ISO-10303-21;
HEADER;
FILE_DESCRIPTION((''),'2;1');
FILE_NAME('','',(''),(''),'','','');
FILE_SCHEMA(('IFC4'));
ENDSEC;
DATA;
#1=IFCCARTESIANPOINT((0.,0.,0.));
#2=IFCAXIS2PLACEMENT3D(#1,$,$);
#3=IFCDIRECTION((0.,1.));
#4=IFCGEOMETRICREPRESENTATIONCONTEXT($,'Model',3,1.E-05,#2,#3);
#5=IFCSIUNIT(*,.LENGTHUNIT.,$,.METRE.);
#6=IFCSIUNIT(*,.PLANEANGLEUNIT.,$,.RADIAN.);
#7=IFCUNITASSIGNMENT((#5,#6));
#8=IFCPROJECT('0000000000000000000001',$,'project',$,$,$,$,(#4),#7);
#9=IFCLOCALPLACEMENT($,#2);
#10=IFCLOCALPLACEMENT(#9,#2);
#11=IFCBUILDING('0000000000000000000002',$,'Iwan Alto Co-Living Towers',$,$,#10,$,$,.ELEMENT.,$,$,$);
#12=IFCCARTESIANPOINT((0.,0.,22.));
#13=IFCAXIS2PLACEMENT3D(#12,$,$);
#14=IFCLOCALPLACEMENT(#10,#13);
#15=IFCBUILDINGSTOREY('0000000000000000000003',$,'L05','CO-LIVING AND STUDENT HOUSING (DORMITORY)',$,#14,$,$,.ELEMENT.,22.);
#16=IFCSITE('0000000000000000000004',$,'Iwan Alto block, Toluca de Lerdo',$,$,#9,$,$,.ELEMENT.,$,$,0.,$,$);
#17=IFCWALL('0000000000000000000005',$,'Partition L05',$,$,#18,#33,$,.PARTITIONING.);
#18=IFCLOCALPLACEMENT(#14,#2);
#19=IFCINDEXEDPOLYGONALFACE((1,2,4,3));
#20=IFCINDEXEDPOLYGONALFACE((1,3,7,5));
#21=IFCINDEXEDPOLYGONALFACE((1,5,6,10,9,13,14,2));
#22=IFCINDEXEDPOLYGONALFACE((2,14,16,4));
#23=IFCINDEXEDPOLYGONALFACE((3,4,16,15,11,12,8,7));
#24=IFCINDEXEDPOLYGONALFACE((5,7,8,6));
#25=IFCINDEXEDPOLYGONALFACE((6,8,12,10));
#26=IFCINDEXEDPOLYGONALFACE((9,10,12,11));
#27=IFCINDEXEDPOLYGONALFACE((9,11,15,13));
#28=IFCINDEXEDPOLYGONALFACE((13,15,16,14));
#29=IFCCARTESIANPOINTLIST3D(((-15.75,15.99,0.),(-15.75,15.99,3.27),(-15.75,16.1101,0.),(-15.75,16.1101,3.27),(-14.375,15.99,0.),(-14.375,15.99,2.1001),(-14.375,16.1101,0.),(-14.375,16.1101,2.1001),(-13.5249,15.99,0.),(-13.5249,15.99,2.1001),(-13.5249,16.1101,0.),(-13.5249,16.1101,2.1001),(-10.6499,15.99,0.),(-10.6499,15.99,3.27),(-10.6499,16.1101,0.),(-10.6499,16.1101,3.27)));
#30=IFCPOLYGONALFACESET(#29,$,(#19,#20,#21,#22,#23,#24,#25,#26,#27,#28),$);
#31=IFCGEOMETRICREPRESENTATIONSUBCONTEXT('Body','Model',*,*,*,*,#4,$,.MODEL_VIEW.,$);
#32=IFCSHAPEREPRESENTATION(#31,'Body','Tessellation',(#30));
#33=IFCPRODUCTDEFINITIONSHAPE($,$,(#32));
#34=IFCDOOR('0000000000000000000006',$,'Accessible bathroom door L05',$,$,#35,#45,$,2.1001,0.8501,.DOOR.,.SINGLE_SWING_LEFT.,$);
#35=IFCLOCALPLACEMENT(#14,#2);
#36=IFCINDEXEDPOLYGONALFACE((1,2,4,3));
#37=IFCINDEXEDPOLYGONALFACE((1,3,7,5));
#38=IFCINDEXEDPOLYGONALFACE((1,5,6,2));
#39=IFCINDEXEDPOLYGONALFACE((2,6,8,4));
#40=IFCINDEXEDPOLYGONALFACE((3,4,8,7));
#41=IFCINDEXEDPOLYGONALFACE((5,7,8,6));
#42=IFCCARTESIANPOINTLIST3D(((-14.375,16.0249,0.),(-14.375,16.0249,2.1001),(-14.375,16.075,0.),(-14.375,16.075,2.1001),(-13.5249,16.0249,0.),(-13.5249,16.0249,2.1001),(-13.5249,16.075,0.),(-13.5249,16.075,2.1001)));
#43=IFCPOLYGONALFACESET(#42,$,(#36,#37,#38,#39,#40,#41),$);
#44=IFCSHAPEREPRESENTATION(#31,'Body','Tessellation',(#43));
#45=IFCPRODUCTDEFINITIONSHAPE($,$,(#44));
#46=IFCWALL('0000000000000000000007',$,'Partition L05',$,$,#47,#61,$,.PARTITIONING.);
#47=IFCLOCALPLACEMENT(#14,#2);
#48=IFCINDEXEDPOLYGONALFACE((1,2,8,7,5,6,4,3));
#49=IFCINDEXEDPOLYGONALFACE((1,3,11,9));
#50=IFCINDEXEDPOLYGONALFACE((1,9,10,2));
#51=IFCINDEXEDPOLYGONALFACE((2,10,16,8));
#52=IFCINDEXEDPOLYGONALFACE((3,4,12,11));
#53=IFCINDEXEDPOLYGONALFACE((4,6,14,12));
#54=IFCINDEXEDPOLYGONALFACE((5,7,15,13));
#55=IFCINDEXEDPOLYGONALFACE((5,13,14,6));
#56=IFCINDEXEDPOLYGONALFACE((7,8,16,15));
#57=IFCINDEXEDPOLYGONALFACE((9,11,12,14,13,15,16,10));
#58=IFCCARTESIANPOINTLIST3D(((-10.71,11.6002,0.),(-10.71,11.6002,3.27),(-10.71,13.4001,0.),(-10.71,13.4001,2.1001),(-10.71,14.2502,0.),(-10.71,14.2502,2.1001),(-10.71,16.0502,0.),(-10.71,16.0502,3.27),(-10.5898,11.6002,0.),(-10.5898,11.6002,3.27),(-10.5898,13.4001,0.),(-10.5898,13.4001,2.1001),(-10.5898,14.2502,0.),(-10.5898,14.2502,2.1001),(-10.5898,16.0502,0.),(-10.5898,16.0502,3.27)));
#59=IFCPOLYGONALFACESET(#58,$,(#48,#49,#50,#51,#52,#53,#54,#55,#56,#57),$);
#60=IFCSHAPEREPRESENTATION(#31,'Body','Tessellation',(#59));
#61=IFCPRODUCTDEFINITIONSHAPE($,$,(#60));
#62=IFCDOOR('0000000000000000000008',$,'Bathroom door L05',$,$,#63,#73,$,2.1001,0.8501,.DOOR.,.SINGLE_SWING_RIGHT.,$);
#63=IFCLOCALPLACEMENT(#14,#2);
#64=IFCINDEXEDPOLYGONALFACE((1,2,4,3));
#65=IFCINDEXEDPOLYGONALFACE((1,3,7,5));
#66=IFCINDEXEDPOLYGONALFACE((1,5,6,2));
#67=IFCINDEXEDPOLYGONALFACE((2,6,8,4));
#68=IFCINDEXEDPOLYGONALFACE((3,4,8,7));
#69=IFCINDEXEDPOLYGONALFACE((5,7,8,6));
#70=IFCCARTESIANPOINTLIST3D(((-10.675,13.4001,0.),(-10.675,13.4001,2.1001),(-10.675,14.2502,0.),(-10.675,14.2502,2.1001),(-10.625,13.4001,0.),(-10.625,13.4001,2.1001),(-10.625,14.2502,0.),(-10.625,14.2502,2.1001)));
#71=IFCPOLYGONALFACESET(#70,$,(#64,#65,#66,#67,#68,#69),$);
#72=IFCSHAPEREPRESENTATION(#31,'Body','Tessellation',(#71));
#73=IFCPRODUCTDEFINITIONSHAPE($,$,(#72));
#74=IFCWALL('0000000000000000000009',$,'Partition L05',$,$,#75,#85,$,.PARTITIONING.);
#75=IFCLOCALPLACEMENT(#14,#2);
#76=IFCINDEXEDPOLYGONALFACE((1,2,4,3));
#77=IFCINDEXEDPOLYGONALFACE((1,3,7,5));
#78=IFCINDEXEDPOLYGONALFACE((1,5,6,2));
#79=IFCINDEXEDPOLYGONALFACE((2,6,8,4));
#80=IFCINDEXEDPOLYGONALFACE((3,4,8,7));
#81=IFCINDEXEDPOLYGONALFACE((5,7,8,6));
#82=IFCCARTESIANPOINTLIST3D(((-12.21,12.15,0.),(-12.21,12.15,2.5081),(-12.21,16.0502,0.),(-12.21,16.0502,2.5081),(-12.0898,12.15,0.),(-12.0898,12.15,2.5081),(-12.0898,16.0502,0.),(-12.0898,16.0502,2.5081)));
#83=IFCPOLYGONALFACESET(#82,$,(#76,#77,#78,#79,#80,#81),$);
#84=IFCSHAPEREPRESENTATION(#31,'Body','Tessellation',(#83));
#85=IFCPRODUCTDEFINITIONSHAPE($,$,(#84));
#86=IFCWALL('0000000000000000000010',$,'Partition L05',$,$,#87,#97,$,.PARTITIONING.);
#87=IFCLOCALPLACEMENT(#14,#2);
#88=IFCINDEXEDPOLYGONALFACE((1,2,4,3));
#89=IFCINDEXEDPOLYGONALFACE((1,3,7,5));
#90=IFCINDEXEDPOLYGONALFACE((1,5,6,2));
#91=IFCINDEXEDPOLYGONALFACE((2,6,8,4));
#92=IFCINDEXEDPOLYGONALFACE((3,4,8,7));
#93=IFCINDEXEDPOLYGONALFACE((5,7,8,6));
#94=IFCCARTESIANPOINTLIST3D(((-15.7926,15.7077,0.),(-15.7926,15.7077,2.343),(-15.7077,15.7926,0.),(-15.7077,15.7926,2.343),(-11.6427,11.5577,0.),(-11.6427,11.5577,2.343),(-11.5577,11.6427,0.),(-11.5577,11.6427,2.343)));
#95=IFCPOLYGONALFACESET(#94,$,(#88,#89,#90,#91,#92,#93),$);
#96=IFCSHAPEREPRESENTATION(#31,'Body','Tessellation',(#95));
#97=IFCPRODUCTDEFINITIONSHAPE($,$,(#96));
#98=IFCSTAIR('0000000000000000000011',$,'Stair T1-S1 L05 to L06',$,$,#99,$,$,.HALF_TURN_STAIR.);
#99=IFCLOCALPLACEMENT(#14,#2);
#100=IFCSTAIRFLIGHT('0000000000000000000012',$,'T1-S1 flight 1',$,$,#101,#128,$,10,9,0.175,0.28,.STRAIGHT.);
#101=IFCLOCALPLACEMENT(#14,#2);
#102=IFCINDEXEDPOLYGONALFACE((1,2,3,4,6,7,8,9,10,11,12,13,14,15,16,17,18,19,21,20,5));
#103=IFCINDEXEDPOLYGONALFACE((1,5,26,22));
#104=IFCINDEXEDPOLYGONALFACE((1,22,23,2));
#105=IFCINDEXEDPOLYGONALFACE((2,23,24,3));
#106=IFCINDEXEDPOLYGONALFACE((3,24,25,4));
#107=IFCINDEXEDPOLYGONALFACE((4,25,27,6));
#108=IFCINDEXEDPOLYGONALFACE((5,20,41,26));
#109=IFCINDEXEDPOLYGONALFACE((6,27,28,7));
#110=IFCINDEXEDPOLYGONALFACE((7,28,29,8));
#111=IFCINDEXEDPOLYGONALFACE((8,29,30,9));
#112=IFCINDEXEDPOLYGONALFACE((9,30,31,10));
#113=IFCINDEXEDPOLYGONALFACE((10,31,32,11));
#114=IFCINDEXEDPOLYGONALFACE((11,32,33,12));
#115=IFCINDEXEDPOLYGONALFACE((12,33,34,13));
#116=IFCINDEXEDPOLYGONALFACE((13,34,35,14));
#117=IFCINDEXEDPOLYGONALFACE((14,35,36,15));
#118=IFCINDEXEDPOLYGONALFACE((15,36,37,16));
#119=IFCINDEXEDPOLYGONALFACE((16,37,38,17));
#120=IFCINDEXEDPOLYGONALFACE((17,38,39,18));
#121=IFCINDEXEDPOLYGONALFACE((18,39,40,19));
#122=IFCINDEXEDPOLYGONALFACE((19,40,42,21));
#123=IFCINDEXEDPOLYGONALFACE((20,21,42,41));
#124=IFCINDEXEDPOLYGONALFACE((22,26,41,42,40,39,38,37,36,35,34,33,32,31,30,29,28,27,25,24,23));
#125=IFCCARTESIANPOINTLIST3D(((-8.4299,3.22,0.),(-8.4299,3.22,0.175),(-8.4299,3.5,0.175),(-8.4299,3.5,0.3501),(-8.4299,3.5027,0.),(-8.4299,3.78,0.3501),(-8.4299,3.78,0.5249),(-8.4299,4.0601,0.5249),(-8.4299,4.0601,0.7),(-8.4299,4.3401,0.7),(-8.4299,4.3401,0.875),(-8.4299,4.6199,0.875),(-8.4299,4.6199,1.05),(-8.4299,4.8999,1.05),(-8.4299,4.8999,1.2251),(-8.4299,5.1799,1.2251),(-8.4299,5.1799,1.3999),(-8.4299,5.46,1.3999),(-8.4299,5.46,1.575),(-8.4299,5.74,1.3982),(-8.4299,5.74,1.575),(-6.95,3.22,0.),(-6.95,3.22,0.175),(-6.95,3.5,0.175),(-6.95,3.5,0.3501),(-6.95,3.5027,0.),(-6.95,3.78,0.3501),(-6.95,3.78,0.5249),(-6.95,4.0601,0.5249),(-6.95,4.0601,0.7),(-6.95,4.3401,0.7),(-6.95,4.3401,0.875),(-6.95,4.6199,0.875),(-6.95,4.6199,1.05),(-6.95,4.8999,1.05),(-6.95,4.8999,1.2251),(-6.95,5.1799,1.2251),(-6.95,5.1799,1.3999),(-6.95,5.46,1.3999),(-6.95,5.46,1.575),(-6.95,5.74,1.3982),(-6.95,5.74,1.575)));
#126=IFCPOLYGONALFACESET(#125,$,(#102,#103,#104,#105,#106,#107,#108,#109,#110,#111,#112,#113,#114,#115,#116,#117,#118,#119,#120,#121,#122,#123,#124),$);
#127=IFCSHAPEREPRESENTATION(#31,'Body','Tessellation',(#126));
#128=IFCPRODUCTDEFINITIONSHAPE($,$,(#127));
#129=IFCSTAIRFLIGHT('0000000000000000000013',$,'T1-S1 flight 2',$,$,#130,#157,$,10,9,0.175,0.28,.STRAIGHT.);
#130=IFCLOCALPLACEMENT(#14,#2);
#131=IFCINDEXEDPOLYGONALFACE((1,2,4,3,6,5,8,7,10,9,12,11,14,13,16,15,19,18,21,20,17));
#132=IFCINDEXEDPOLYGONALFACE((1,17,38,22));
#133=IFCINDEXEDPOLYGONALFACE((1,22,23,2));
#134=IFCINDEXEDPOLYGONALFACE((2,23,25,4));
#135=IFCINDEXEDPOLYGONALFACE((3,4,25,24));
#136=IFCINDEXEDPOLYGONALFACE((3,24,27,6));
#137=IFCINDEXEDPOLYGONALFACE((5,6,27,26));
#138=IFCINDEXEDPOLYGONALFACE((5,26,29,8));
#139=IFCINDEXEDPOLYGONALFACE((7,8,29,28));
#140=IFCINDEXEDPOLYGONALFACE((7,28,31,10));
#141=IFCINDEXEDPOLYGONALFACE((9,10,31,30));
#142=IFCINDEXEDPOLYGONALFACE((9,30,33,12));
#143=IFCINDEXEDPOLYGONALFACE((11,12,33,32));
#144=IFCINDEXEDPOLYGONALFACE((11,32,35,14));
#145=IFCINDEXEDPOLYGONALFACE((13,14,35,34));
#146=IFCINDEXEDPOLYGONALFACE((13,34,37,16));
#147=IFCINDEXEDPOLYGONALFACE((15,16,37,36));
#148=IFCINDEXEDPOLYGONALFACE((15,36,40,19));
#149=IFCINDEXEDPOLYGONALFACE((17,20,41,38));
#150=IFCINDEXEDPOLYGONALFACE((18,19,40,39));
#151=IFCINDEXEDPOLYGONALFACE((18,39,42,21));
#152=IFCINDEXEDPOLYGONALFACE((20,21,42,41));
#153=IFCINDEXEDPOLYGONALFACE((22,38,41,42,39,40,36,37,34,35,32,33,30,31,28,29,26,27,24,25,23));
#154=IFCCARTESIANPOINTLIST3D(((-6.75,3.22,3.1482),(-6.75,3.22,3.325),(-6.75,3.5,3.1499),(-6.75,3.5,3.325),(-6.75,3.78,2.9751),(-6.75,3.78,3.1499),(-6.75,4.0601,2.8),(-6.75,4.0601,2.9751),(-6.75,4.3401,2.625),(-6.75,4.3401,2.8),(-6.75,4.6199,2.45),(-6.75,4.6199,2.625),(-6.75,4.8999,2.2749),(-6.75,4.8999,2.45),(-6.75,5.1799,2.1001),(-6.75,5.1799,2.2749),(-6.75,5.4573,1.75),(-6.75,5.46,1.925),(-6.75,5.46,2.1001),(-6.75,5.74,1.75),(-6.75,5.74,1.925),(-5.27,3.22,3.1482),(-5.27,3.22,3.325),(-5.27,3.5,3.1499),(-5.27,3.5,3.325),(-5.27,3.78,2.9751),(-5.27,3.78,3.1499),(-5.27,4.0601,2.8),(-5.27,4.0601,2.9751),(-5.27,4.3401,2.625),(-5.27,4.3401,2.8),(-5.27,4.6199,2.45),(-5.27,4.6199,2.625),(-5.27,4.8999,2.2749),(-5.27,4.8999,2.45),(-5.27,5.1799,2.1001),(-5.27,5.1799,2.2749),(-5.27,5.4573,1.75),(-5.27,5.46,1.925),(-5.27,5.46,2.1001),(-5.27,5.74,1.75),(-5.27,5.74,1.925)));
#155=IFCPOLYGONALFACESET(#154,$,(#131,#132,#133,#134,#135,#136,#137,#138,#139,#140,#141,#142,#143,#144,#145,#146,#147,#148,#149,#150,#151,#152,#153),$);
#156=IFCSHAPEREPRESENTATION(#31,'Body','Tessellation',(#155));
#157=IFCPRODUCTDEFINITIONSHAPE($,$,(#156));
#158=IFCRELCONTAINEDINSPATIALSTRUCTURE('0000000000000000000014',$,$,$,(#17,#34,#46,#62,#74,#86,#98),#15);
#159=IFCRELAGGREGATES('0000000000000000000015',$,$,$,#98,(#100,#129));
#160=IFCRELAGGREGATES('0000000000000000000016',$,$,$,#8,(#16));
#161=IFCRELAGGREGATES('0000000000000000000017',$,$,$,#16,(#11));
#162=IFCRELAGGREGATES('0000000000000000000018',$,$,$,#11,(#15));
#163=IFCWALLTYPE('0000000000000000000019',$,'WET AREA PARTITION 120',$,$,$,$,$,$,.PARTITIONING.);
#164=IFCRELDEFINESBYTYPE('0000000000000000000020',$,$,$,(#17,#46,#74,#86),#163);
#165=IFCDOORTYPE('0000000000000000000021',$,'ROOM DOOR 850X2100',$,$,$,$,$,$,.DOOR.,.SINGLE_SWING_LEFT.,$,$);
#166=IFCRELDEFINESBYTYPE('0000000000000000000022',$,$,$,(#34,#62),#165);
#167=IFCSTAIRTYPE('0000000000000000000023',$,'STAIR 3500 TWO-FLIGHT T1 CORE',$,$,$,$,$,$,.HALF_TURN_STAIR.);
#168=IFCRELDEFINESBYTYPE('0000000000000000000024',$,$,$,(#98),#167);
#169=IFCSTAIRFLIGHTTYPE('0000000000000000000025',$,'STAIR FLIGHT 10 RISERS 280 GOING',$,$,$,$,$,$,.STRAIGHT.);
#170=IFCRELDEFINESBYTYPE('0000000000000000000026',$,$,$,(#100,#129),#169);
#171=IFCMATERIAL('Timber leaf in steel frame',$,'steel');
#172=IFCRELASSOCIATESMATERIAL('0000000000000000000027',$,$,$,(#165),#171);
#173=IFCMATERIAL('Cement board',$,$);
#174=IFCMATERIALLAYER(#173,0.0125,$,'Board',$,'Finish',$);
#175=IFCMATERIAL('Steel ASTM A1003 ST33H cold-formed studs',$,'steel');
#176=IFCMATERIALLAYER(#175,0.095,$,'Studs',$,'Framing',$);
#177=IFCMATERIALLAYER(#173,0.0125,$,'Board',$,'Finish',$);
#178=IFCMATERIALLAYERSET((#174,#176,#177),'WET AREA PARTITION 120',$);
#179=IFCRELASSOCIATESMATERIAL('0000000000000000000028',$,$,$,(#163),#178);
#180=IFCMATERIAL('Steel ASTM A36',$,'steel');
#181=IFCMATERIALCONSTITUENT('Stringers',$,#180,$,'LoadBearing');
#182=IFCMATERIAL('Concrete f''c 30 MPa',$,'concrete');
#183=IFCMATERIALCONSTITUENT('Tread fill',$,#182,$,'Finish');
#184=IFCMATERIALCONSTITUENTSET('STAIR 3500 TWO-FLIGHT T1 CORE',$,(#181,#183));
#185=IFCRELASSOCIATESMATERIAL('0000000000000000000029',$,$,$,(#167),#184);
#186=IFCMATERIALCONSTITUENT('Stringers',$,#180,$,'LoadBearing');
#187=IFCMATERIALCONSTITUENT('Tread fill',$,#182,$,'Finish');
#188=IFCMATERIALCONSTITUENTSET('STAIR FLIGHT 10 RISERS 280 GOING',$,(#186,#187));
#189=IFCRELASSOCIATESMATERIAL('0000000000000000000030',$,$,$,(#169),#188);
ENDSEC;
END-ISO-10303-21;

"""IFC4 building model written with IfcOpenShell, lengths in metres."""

from ifc_helpers import new_model, si_unit, direction, frame, frame_2d, origin, place, context, subcontext, project, spatial, polyline, rectangle, outline, extrude, material, layer, layer_set, constituent, constituent_set, type_object, element, fill, aggregate, save


model = new_model("IFC4")

# Units and contexts
model_context = context("Model", 3, precision=1e-05, world=origin(), true_north=direction((0.0, 1.0)))
body_context = subcontext(model_context, "Body", "Model", "MODEL_VIEW")
ifc_project = project(units=[si_unit("LENGTHUNIT", "METRE"), si_unit("PLANEANGLEUNIT", "RADIAN")], contexts=[model_context])

# Site, building, storey
site_placement = place(None, origin())
site = spatial("IfcSite", under=ifc_project, at=site_placement, Name="Iwan Alto block, Toluca de Lerdo", CompositionType="ELEMENT", RefElevation=0.0)
building_placement = place(site_placement, origin())
building = spatial("IfcBuilding", under=site, at=building_placement, Name="Iwan Alto Co-Living Towers", CompositionType="ELEMENT")
storey_placement = place(building_placement, frame((0.0, 0.0, 22.0)))
storey = spatial("IfcBuildingStorey", under=building, at=storey_placement, Name="L05", Description="CO-LIVING AND STUDENT HOUSING (DORMITORY)", CompositionType="ELEMENT", Elevation=22.0)

# Shared definitions
ifc_material_1 = material(Name="Steel ASTM A1003 ST33H cold-formed studs", Category="steel")

# Shared definitions
ifc_material_2 = material(Name="Timber leaf in steel frame", Category="steel")
door_type_1 = type_object("IfcDoorType", Name="ROOM DOOR 850X2100", OperationType="SINGLE_SWING_LEFT", PredefinedType="DOOR", material=ifc_material_2)

# Walls, openings, doors
ifc_material_3 = material(Name="Cement board")
ifc_layer_1 = layer(ifc_material_3, 0.0125, Name="Board", Category="Finish")
ifc_layer_2 = layer(ifc_material_1, 0.095, Name="Studs", Category="Framing")
ifc_layer_3 = layer(ifc_material_3, 0.0125, Name="Board", Category="Finish")
ifc_layer_set_1 = layer_set([ifc_layer_1, ifc_layer_2, ifc_layer_3], Name="WET AREA PARTITION 120")
wall_type_1 = type_object("IfcWallType", Name="WET AREA PARTITION 120", PredefinedType="PARTITIONING", material=ifc_layer_set_1)
wall_1_placement = place(storey_placement, frame((-15.75, 16.05, 0.0), z_axis=(0.0, 0.0, 1.0), x_axis=(1.0, 0.0, 0.0)))
wall_1 = element("IfcWall", 1, at=wall_1_placement, inside=storey, type_object=wall_type_1, Name="Partition L05", PredefinedType="PARTITIONING", context=body_context, shape_type="SweptSolid", body=[
    extrude(rectangle(XDim=5.1001, YDim=0.1201, at=frame_2d((2.55, 0.0))), origin(), (0.0, 0.0, 1.0), 3.27),
])
opening_1_placement = place(wall_1_placement, frame((1.375, 0.0, 0.0)))
opening_1 = element("IfcOpeningElement", 2, at=opening_1_placement, cuts=wall_1, PredefinedType="OPENING", context=body_context, shape_type="SweptSolid", body=[
    extrude(rectangle(XDim=0.8501, YDim=2.1001, at=frame_2d((0.425, 1.05))), frame((0.0, 0.0701, 0.0), z_axis=(0.0, -1.0, 0.0), x_axis=(1.0, 0.0, 0.0)), (0.0, 0.0, 1.0), 0.1401),
])
door_1_placement = place(opening_1_placement, origin())
door_1 = element("IfcDoor", 3, at=door_1_placement, inside=storey, type_object=door_type_1, Name="Accessible bathroom door L05", OperationType="SINGLE_SWING_LEFT", OverallHeight=2.1001, OverallWidth=0.8501, PredefinedType="DOOR", context=body_context, shape_type="SweptSolid", body=[
    extrude(rectangle(XDim=0.8501, YDim=2.1001, at=frame_2d((0.425, 1.05))), frame((0.0, 0.0249, 0.0), z_axis=(0.0, -1.0, 0.0), x_axis=(1.0, 0.0, 0.0)), (0.0, 0.0, 1.0), 0.05),
])
fill(opening_1, door_1)
wall_2_placement = place(storey_placement, frame((-10.6499, 11.6001, 0.0), z_axis=(0.0, 0.0, 1.0), x_axis=(0.0, 1.0, 0.0)))
wall_2 = element("IfcWall", 4, at=wall_2_placement, inside=storey, type_object=wall_type_1, Name="Partition L05", PredefinedType="PARTITIONING", context=body_context, shape_type="SweptSolid", body=[
    extrude(rectangle(XDim=4.45, YDim=0.1201, at=frame_2d((2.2251, 0.0))), origin(), (0.0, 0.0, 1.0), 3.27),
])
opening_2_placement = place(wall_2_placement, frame((1.8, 0.0, 0.0)))
opening_2 = element("IfcOpeningElement", 5, at=opening_2_placement, cuts=wall_2, PredefinedType="OPENING", context=body_context, shape_type="SweptSolid", body=[
    extrude(rectangle(XDim=0.8501, YDim=2.1001, at=frame_2d((0.425, 1.05))), frame((0.0, 0.0701, 0.0), z_axis=(0.0, -1.0, 0.0), x_axis=(1.0, 0.0, 0.0)), (0.0, 0.0, 1.0), 0.1401),
])
door_2_placement = place(opening_2_placement, frame((0.8501, 0.0, 0.0), z_axis=(0.0, 0.0, 1.0), x_axis=(-1.0, 0.0, 0.0)))
door_2 = element("IfcDoor", 6, at=door_2_placement, inside=storey, type_object=door_type_1, Name="Bathroom door L05", OperationType="SINGLE_SWING_RIGHT", OverallHeight=2.1001, OverallWidth=0.8501, PredefinedType="DOOR", context=body_context, shape_type="SweptSolid", body=[
    extrude(rectangle(XDim=0.8501, YDim=2.1001, at=frame_2d((0.425, 1.05))), frame((0.0, 0.0249, 0.0), z_axis=(0.0, -1.0, 0.0), x_axis=(1.0, 0.0, 0.0)), (0.0, 0.0, 1.0), 0.05),
])
fill(opening_2, door_2)

# Walls
wall_3_placement = place(storey_placement, frame((-12.1499, 12.1499, 0.0), z_axis=(0.0, 0.0, 1.0), x_axis=(0.0, 1.0, 0.0)))
element("IfcWall", 7, at=wall_3_placement, inside=storey, type_object=wall_type_1, Name="Partition L05", PredefinedType="PARTITIONING", context=body_context, shape_type="SweptSolid", body=[
    extrude(rectangle(XDim=3.9001, YDim=0.1201, at=frame_2d((1.9502, 0.0))), origin(), (0.0, 0.0, 1.0), 2.5081),
])
wall_4_placement = place(storey_placement, frame((-11.6001, 11.6001, 0.0), z_axis=(0.0, 0.0, 1.0), x_axis=(-0.707107, 0.707107, 0.0)))
element("IfcWall", 8, at=wall_4_placement, inside=storey, type_object=wall_type_1, Name="Partition L05", PredefinedType="PARTITIONING", context=body_context, shape_type="SweptSolid", body=[
    extrude(rectangle(XDim=5.8689, YDim=0.1201, at=frame_2d((2.9346, 0.0))), origin(), (0.0, 0.0, 1.0), 2.343),
])

# Stair, stair flights
ifc_material_4 = material(Name="Steel ASTM A36", Category="steel")
ifc_constituent_1 = constituent(ifc_material_4, Name="Stringers", Category="LoadBearing")
ifc_material_5 = material(Name="Concrete f'c 30 MPa", Category="concrete")
ifc_constituent_2 = constituent(ifc_material_5, Name="Tread fill", Category="Finish")
ifc_constituent_set_1 = constituent_set(constituents=[ifc_constituent_1, ifc_constituent_2], Name="STAIR 3500 TWO-FLIGHT T1 CORE")
stair_type = type_object("IfcStairType", Name="STAIR 3500 TWO-FLIGHT T1 CORE", PredefinedType="HALF_TURN_STAIR", material=ifc_constituent_set_1)
stair_placement = place(storey_placement, origin())
stair = element("IfcStair", 9, at=stair_placement, inside=storey, type_object=stair_type, Name="Stair T1-S1 L05 to L06", PredefinedType="HALF_TURN_STAIR")
ifc_constituent_3 = constituent(ifc_material_4, Name="Stringers", Category="LoadBearing")
ifc_constituent_4 = constituent(ifc_material_5, Name="Tread fill", Category="Finish")
ifc_constituent_set_2 = constituent_set(constituents=[ifc_constituent_3, ifc_constituent_4], Name="STAIR FLIGHT 10 RISERS 280 GOING")
stair_flight_type = type_object("IfcStairFlightType", Name="STAIR FLIGHT 10 RISERS 280 GOING", PredefinedType="STRAIGHT", material=ifc_constituent_set_2)
stair_flight_1_placement = place(storey_placement, frame((-7.6899, 3.22, 0.0), z_axis=(0.0, 0.0, 1.0), x_axis=(0.0, 1.0, 0.0)))
stair_flight_1 = element("IfcStairFlight", 10, at=stair_flight_1_placement, type_object=stair_flight_type, Name="T1-S1 flight 1", NumberOfRisers=10, NumberOfTreads=9, PredefinedType="STRAIGHT", RiserHeight=0.175, TreadLength=0.28, context=body_context, shape_type="SweptSolid", body=[
    extrude(outline(polyline([(0.0, 0.0), (0.0, 0.175), (0.28, 0.175), (0.28, 0.3501), (0.5601, 0.3501), (0.5601, 0.5249), (0.8401, 0.5249), (0.8401, 0.7), (1.1201, 0.7), (1.1201, 0.875), (1.3999, 0.875), (1.3999, 1.05), (1.6799, 1.05), (1.6799, 1.2251), (1.96, 1.2251), (1.96, 1.3999), (2.24, 1.3999), (2.24, 1.575), (2.52, 1.575), (2.52, 1.75), (2.52, 1.3982), (0.2827, 0.0), (0.0, 0.0)])), frame((0.0, 0.74, 0.0), z_axis=(0.0, -1.0, 0.0), x_axis=(1.0, 0.0, 0.0)), (0.0, 0.0, 1.0), 1.48),
])
stair_flight_2_placement = place(storey_placement, frame((-6.01, 5.74, 1.75), z_axis=(0.0, 0.0, 1.0), x_axis=(0.0, -1.0, 0.0)))
stair_flight_2 = element("IfcStairFlight", 11, at=stair_flight_2_placement, type_object=stair_flight_type, Name="T1-S1 flight 2", NumberOfRisers=10, NumberOfTreads=9, PredefinedType="STRAIGHT", RiserHeight=0.175, TreadLength=0.28, context=body_context, shape_type="SweptSolid", body=[
    extrude(outline(polyline([(0.0, 0.0), (0.0, 0.175), (0.28, 0.175), (0.28, 0.3501), (0.5601, 0.3501), (0.5601, 0.5249), (0.8401, 0.5249), (0.8401, 0.7), (1.1201, 0.7), (1.1201, 0.875), (1.3999, 0.875), (1.3999, 1.05), (1.6799, 1.05), (1.6799, 1.2251), (1.96, 1.2251), (1.96, 1.3999), (2.24, 1.3999), (2.24, 1.575), (2.52, 1.575), (2.52, 1.75), (2.52, 1.3982), (0.2827, 0.0), (0.0, 0.0)])), frame((0.0, 0.74, 0.0), z_axis=(0.0, -1.0, 0.0), x_axis=(1.0, 0.0, 0.0)), (0.0, 0.0, 1.0), 1.48),
])
aggregate(stair, [stair_flight_1, stair_flight_2])

save(model, "model.ifc")
